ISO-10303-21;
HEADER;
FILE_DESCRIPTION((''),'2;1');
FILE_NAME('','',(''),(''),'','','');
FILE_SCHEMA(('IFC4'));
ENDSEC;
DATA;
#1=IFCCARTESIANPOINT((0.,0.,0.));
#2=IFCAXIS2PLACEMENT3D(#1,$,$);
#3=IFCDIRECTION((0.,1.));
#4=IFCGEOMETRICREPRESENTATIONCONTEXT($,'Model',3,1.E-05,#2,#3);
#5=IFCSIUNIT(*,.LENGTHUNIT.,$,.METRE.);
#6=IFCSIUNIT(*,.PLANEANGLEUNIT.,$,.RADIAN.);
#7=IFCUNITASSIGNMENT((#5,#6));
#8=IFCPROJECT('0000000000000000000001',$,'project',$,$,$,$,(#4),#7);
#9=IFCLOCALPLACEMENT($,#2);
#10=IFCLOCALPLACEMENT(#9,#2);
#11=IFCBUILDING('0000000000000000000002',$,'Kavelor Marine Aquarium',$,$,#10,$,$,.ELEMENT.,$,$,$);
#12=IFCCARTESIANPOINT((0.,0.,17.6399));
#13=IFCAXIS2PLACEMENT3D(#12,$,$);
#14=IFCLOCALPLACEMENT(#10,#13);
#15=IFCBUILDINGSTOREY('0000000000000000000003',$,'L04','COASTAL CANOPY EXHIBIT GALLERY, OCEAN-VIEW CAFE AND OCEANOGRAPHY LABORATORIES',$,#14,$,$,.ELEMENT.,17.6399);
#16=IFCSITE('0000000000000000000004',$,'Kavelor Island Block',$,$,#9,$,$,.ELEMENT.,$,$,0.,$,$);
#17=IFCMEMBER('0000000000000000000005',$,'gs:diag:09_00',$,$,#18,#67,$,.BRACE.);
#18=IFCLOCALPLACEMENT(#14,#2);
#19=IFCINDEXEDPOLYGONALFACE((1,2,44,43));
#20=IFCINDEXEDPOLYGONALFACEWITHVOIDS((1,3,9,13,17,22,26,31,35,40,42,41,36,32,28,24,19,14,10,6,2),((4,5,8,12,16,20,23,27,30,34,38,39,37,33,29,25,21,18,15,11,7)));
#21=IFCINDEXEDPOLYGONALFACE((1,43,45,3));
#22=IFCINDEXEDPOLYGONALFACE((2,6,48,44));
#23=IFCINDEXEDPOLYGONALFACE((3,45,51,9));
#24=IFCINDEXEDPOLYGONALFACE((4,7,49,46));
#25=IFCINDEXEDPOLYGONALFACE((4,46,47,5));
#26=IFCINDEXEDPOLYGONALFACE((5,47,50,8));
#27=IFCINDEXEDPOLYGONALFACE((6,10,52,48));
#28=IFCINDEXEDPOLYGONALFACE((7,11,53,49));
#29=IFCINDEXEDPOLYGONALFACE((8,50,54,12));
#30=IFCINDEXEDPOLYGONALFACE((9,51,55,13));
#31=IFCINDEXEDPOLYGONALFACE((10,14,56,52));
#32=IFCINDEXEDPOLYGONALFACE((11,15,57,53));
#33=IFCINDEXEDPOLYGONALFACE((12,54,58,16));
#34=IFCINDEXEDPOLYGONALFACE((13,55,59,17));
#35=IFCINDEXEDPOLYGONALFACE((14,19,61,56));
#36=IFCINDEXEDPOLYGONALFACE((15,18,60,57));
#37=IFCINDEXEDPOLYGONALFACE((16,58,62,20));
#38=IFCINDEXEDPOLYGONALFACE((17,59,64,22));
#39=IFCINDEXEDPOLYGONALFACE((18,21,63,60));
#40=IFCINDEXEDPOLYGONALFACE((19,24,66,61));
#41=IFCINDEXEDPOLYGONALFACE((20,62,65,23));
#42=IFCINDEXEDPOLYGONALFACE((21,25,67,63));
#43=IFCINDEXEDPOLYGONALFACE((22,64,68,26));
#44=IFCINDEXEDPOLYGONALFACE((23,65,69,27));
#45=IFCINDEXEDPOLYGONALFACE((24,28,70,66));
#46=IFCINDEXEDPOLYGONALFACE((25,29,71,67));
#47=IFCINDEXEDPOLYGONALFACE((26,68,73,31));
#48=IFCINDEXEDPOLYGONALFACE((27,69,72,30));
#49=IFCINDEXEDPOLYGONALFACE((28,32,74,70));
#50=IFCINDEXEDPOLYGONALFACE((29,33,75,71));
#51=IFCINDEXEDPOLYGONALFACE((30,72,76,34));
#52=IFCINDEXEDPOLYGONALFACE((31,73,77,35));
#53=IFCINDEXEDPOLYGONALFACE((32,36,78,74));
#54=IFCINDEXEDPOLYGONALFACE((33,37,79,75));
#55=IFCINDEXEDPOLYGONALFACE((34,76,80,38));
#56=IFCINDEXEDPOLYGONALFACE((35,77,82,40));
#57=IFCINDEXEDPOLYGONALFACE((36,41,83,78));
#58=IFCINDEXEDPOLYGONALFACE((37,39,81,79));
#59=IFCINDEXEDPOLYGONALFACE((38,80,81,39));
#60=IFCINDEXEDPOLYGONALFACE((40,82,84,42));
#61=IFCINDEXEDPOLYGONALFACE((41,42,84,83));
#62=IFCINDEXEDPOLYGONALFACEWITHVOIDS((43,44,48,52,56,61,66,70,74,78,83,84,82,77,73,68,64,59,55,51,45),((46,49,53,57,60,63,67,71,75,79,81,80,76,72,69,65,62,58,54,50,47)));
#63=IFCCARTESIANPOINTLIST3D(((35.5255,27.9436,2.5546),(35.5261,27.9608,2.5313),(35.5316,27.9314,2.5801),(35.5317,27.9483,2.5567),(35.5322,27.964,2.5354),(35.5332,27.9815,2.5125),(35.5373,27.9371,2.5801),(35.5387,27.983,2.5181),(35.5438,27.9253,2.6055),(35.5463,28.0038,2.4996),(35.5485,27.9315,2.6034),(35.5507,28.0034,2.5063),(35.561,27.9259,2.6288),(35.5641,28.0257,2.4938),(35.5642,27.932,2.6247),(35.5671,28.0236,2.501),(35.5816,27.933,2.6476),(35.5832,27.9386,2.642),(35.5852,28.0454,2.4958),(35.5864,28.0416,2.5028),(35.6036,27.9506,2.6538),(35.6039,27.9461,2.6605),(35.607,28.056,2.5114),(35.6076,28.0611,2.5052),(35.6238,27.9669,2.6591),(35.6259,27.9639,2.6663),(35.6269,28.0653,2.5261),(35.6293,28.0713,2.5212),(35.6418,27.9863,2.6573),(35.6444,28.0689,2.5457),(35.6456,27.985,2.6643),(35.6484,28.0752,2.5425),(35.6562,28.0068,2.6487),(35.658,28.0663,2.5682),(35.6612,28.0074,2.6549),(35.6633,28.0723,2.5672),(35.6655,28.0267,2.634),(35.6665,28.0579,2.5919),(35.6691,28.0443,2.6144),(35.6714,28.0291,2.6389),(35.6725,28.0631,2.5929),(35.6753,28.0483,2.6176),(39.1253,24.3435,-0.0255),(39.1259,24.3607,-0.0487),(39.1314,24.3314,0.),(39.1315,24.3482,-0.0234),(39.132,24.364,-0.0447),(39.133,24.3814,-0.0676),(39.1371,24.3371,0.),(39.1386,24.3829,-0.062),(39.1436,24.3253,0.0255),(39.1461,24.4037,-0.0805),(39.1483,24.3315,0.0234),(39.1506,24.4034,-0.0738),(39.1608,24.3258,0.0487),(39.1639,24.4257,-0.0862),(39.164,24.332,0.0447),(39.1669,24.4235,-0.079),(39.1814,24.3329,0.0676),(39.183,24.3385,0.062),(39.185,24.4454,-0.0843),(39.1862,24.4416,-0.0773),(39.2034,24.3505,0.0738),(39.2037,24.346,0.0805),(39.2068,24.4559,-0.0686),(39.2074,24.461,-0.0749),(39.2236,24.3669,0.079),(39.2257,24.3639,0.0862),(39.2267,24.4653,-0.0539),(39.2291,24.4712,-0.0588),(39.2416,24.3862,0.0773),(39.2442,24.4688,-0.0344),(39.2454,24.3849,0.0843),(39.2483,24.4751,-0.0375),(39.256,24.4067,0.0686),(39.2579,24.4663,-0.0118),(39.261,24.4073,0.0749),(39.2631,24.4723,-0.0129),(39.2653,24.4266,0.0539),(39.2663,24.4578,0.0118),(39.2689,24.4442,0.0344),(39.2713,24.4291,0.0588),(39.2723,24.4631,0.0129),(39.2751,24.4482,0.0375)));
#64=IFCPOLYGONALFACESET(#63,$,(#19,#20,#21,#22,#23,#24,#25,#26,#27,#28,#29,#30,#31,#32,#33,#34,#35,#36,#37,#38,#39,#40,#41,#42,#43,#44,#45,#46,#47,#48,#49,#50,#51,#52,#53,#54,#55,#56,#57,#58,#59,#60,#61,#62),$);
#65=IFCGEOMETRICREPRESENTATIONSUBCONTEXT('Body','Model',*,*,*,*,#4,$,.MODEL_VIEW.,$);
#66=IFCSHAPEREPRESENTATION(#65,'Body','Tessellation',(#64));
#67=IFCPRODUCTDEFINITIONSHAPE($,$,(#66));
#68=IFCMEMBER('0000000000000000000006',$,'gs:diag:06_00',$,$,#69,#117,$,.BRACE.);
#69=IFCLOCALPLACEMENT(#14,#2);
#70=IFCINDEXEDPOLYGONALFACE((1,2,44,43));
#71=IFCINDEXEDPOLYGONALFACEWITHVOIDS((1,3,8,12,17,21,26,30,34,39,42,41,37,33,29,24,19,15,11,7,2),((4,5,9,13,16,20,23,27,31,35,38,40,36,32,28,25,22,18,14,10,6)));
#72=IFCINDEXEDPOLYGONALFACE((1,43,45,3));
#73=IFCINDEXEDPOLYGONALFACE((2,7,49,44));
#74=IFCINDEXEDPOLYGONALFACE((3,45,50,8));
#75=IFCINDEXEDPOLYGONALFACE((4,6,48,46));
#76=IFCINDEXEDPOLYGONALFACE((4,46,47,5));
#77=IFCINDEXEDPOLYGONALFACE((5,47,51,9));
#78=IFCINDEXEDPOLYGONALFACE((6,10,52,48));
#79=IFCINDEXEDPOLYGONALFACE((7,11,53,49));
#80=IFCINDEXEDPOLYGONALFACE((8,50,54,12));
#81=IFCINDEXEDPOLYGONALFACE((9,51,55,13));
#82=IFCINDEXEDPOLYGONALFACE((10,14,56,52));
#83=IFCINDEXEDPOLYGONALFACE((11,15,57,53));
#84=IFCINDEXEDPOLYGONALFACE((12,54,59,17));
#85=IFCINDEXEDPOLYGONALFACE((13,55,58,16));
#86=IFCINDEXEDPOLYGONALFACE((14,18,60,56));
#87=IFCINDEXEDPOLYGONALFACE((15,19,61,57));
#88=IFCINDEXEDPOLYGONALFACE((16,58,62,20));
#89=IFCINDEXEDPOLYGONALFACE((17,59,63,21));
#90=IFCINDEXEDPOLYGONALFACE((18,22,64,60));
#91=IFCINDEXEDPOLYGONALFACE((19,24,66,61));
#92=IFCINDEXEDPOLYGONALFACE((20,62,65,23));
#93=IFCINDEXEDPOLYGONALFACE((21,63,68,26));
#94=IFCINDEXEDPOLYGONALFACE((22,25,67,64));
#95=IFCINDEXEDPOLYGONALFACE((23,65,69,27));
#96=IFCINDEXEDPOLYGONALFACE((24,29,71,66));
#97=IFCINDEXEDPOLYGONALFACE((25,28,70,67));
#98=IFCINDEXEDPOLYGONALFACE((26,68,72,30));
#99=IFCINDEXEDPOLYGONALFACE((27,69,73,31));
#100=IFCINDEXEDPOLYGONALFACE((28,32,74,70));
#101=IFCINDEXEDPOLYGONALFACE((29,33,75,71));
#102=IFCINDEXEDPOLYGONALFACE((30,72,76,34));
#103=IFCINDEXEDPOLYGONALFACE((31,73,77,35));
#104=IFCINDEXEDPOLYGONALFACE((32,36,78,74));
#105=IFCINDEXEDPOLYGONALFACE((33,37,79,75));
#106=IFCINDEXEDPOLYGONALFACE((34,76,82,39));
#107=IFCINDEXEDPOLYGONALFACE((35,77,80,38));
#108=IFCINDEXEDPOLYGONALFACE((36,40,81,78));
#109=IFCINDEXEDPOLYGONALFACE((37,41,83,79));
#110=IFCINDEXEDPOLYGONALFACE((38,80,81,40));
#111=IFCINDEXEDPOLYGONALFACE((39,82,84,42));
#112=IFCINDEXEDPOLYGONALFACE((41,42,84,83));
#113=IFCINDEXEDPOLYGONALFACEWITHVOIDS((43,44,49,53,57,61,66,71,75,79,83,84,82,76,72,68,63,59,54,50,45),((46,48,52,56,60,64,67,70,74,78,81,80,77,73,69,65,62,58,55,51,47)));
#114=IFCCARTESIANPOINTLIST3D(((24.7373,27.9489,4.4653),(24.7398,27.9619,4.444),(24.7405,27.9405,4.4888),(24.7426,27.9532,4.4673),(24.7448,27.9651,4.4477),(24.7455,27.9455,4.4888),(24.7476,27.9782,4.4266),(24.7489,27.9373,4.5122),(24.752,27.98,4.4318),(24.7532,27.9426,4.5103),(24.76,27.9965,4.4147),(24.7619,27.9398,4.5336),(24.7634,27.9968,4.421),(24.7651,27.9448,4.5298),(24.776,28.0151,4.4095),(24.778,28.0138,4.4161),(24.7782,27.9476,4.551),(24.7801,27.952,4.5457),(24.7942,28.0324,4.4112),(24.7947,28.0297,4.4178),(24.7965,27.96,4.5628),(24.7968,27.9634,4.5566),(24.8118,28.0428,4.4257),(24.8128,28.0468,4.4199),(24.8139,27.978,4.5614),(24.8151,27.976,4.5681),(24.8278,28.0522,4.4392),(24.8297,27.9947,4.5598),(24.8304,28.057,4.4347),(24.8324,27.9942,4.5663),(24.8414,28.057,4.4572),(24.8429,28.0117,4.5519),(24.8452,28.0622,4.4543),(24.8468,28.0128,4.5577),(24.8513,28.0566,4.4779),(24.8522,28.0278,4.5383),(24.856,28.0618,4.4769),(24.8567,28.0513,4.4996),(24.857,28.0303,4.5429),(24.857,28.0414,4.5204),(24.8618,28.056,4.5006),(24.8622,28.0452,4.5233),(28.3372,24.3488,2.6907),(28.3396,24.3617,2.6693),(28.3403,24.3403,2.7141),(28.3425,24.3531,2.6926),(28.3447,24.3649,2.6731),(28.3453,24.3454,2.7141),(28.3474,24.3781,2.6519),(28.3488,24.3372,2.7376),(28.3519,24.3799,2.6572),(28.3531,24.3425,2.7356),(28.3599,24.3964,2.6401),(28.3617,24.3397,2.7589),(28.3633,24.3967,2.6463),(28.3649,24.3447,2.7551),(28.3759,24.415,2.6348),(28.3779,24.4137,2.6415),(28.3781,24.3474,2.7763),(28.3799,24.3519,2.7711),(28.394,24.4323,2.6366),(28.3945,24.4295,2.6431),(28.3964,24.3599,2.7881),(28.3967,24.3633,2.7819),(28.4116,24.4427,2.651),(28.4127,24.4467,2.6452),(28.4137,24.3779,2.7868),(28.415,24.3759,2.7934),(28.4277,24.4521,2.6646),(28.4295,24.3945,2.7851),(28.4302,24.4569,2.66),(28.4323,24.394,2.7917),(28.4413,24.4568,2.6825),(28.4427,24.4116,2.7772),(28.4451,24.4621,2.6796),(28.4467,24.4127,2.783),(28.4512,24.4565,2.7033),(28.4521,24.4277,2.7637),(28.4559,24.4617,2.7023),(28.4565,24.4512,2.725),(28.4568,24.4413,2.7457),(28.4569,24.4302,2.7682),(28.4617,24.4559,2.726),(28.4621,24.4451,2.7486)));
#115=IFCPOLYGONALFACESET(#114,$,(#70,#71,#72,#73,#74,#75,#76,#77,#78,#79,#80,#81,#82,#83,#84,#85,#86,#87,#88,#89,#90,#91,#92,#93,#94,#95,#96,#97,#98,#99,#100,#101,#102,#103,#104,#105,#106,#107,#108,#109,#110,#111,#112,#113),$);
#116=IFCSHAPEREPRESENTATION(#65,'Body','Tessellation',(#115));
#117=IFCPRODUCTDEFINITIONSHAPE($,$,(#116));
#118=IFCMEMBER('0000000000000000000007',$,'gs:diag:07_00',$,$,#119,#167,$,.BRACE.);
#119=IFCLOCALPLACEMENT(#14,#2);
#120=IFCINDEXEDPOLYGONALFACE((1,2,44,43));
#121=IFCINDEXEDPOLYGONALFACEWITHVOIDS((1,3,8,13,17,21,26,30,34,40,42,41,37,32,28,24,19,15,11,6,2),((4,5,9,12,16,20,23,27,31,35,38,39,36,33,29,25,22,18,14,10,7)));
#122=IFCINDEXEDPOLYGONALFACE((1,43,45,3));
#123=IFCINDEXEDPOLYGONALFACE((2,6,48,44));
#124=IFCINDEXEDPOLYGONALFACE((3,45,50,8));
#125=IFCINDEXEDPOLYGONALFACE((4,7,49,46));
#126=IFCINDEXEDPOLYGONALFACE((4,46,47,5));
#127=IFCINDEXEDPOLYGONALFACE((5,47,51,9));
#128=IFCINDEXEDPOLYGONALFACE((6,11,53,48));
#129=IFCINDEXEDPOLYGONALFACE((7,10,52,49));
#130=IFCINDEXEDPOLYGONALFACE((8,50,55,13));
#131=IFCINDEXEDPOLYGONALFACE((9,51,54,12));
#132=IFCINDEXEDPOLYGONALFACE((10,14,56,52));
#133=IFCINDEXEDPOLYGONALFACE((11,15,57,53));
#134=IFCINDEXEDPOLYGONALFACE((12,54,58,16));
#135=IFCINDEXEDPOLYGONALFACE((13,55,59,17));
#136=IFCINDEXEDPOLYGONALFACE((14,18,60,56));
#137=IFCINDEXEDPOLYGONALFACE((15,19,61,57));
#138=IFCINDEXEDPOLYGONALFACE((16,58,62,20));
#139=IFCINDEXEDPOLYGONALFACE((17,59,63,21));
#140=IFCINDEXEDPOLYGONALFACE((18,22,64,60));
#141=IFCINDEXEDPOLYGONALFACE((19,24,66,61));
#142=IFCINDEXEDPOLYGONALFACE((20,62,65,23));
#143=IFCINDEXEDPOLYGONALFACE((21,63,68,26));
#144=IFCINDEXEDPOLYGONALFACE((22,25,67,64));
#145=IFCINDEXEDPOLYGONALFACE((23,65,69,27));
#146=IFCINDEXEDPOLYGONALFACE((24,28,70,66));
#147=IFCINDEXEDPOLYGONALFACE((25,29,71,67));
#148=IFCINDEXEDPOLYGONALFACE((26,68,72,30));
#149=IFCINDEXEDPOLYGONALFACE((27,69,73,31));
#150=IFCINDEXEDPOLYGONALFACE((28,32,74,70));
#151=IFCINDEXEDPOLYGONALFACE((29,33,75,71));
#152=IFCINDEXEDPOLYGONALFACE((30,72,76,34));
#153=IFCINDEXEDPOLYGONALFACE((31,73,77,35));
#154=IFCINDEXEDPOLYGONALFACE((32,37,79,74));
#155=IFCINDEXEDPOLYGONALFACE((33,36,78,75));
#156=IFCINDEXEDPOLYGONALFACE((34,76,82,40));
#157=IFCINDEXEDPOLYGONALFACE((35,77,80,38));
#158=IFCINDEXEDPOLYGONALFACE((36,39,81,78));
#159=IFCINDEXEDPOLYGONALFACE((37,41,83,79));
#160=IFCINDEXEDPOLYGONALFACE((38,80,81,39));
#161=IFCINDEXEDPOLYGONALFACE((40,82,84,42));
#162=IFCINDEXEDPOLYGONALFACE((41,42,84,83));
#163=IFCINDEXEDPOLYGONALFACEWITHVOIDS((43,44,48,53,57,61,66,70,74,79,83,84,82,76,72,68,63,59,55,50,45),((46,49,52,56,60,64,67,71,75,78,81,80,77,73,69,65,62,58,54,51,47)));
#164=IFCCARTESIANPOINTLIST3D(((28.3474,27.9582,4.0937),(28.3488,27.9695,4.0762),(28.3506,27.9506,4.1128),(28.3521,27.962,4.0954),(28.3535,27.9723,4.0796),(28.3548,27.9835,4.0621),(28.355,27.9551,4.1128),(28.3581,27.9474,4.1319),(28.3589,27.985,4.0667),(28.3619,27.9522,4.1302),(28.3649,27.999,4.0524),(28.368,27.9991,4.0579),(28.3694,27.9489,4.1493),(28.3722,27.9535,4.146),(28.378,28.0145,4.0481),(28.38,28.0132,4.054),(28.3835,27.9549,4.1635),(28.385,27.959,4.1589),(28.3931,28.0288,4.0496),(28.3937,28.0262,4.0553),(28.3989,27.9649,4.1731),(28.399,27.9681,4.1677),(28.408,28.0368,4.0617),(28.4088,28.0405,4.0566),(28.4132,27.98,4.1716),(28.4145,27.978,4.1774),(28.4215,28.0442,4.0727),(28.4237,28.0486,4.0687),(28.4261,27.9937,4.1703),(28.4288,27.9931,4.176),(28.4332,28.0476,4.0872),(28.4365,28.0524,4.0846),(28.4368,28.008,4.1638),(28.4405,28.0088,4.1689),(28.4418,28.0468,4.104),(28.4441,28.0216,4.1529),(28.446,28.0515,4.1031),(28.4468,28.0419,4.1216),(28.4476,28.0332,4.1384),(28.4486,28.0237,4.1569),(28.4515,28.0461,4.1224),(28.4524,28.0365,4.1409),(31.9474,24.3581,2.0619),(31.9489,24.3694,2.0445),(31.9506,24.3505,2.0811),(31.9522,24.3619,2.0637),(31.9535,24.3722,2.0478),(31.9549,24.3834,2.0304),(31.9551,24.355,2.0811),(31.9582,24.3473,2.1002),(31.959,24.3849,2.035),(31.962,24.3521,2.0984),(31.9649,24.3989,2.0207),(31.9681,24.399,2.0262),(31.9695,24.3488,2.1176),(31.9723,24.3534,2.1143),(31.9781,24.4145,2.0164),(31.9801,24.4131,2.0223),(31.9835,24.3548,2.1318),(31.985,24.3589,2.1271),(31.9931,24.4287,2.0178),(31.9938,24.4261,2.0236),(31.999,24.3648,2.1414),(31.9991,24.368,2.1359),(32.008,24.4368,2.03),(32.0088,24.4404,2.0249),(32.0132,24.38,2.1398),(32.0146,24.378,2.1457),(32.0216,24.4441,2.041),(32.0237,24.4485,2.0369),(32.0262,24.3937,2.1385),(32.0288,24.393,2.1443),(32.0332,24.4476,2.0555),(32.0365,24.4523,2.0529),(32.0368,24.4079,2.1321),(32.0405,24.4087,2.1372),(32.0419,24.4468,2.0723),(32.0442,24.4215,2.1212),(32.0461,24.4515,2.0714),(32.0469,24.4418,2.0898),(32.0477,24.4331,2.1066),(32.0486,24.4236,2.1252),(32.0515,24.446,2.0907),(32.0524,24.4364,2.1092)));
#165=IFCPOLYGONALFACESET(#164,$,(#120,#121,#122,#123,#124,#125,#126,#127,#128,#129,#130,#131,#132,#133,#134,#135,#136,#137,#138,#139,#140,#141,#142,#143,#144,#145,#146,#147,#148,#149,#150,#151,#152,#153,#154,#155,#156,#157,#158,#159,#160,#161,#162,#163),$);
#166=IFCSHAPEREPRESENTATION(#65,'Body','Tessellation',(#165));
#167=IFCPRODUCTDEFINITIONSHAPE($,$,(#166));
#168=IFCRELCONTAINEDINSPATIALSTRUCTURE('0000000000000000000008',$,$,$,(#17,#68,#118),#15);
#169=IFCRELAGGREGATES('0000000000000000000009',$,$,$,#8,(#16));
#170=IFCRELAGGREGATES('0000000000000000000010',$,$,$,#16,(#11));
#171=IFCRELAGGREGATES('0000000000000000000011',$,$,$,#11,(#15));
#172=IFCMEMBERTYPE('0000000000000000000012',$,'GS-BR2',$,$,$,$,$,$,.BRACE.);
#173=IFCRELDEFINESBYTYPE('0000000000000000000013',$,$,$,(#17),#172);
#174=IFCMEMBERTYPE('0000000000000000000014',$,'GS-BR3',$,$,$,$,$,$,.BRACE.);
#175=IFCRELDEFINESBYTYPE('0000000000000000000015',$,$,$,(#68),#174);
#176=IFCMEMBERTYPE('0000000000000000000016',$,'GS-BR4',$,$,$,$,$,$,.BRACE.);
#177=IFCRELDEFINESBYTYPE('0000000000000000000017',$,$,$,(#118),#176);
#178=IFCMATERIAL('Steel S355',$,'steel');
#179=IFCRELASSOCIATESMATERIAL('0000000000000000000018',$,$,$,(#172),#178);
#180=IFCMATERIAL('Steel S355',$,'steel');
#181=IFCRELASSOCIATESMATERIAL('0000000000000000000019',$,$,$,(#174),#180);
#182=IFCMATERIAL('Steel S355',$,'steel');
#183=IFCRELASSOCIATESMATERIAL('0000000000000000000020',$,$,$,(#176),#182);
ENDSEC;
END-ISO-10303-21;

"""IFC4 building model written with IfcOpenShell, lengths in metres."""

from ifc_helpers import new_model, si_unit, direction, frame, origin, origin_2d, place, context, subcontext, project, spatial, hollow_circle, extrude, material, material_profile, profile_set, type_object, element, save


model = new_model("IFC4")

# Units and contexts
model_context = context("Model", 3, precision=1e-05, world=origin(), true_north=direction((0.0, 1.0)))
body_context = subcontext(model_context, "Body", "Model", "MODEL_VIEW")
ifc_project = project(units=[si_unit("LENGTHUNIT", "METRE"), si_unit("PLANEANGLEUNIT", "RADIAN")], contexts=[model_context])

# Site, building, storey
site_placement = place(None, origin())
site = spatial("IfcSite", under=ifc_project, at=site_placement, Name="Kavelor Island Block", CompositionType="ELEMENT", RefElevation=0.0)
building_placement = place(site_placement, origin())
building = spatial("IfcBuilding", under=site, at=building_placement, Name="Kavelor Marine Aquarium", CompositionType="ELEMENT")
storey_placement = place(building_placement, frame((0.0, 0.0, 17.6399)))
storey = spatial("IfcBuildingStorey", under=building, at=storey_placement, Name="L04", Description="COASTAL CANOPY EXHIBIT GALLERY, OCEAN-VIEW CAFE AND OCEANOGRAPHY LABORATORIES", CompositionType="ELEMENT", Elevation=17.6399)

# Members
ifc_material_1 = material(Name="Steel S355", Category="steel")
ifc_material_profile_1 = material_profile(ifc_material_1, hollow_circle(Radius=0.0969, WallThickness=0.0081, at=origin_2d()), Name="CHS 193.7x8.0")
ifc_profile_set_1 = profile_set([ifc_material_profile_1], Name="Steel S355")
member_type_1 = type_object("IfcMemberType", Name="GS-BR2", PredefinedType="BRACE", material=ifc_profile_set_1)
member_1_placement = place(storey_placement, frame((39.2, 24.3999, 0.0), z_axis=(-0.630715, 0.630757, 0.452044), x_axis=(-0.707131, -0.707083, 0.0)))
element("IfcMember", 1, at=member_1_placement, inside=storey, type_object=member_type_1, Name="gs:diag:09_00", PredefinedType="BRACE", context=body_context, shape_type="SweptSolid", body=[
    extrude(hollow_circle(Radius=0.0969, WallThickness=0.0081, at=origin_2d()), origin(), (0.0, 0.0, 1.0), 5.7075),
])
ifc_material_2 = material(Name="Steel S355", Category="steel")
ifc_material_profile_2 = material_profile(ifc_material_2, hollow_circle(Radius=0.0842, WallThickness=0.0071, at=origin_2d()), Name="CHS 168.3x7.1")
ifc_profile_set_2 = profile_set([ifc_material_profile_2], Name="Steel S355")
member_type_2 = type_object("IfcMemberType", Name="GS-BR3", PredefinedType="BRACE", material=ifc_profile_set_2)
member_2_placement = place(storey_placement, frame((28.3999, 24.3999, 2.7141), z_axis=(-0.667681, 0.667727, 0.329154), x_axis=(-0.707131, -0.707083, 0.0)))
element("IfcMember", 2, at=member_2_placement, inside=storey, type_object=member_type_2, Name="gs:diag:06_00", PredefinedType="BRACE", context=body_context, shape_type="SweptSolid", body=[
    extrude(hollow_circle(Radius=0.0842, WallThickness=0.0071, at=origin_2d()), origin(), (0.0, 0.0, 1.0), 5.3916),
])
ifc_material_3 = material(Name="Steel S355", Category="steel")
ifc_material_profile_3 = material_profile(ifc_material_3, hollow_circle(Radius=0.0698, WallThickness=0.0063, at=origin_2d()), Name="CHS 139.7x6.3")
ifc_profile_set_3 = profile_set([ifc_material_profile_3], Name="Steel S355")
member_type_3 = type_object("IfcMemberType", Name="GS-BR4", PredefinedType="BRACE", material=ifc_profile_set_3)
member_3_placement = place(storey_placement, frame((32.0, 24.3999, 2.0811), z_axis=(-0.656745, 0.656745, 0.370638), x_axis=(-0.707107, -0.707107, 0.0)))
element("IfcMember", 3, at=member_3_placement, inside=storey, type_object=member_type_3, Name="gs:diag:07_00", PredefinedType="BRACE", context=body_context, shape_type="SweptSolid", body=[
    extrude(hollow_circle(Radius=0.0698, WallThickness=0.0063, at=origin_2d()), origin(), (0.0, 0.0, 1.0), 5.4817),
])

save(model, "model.ifc")
